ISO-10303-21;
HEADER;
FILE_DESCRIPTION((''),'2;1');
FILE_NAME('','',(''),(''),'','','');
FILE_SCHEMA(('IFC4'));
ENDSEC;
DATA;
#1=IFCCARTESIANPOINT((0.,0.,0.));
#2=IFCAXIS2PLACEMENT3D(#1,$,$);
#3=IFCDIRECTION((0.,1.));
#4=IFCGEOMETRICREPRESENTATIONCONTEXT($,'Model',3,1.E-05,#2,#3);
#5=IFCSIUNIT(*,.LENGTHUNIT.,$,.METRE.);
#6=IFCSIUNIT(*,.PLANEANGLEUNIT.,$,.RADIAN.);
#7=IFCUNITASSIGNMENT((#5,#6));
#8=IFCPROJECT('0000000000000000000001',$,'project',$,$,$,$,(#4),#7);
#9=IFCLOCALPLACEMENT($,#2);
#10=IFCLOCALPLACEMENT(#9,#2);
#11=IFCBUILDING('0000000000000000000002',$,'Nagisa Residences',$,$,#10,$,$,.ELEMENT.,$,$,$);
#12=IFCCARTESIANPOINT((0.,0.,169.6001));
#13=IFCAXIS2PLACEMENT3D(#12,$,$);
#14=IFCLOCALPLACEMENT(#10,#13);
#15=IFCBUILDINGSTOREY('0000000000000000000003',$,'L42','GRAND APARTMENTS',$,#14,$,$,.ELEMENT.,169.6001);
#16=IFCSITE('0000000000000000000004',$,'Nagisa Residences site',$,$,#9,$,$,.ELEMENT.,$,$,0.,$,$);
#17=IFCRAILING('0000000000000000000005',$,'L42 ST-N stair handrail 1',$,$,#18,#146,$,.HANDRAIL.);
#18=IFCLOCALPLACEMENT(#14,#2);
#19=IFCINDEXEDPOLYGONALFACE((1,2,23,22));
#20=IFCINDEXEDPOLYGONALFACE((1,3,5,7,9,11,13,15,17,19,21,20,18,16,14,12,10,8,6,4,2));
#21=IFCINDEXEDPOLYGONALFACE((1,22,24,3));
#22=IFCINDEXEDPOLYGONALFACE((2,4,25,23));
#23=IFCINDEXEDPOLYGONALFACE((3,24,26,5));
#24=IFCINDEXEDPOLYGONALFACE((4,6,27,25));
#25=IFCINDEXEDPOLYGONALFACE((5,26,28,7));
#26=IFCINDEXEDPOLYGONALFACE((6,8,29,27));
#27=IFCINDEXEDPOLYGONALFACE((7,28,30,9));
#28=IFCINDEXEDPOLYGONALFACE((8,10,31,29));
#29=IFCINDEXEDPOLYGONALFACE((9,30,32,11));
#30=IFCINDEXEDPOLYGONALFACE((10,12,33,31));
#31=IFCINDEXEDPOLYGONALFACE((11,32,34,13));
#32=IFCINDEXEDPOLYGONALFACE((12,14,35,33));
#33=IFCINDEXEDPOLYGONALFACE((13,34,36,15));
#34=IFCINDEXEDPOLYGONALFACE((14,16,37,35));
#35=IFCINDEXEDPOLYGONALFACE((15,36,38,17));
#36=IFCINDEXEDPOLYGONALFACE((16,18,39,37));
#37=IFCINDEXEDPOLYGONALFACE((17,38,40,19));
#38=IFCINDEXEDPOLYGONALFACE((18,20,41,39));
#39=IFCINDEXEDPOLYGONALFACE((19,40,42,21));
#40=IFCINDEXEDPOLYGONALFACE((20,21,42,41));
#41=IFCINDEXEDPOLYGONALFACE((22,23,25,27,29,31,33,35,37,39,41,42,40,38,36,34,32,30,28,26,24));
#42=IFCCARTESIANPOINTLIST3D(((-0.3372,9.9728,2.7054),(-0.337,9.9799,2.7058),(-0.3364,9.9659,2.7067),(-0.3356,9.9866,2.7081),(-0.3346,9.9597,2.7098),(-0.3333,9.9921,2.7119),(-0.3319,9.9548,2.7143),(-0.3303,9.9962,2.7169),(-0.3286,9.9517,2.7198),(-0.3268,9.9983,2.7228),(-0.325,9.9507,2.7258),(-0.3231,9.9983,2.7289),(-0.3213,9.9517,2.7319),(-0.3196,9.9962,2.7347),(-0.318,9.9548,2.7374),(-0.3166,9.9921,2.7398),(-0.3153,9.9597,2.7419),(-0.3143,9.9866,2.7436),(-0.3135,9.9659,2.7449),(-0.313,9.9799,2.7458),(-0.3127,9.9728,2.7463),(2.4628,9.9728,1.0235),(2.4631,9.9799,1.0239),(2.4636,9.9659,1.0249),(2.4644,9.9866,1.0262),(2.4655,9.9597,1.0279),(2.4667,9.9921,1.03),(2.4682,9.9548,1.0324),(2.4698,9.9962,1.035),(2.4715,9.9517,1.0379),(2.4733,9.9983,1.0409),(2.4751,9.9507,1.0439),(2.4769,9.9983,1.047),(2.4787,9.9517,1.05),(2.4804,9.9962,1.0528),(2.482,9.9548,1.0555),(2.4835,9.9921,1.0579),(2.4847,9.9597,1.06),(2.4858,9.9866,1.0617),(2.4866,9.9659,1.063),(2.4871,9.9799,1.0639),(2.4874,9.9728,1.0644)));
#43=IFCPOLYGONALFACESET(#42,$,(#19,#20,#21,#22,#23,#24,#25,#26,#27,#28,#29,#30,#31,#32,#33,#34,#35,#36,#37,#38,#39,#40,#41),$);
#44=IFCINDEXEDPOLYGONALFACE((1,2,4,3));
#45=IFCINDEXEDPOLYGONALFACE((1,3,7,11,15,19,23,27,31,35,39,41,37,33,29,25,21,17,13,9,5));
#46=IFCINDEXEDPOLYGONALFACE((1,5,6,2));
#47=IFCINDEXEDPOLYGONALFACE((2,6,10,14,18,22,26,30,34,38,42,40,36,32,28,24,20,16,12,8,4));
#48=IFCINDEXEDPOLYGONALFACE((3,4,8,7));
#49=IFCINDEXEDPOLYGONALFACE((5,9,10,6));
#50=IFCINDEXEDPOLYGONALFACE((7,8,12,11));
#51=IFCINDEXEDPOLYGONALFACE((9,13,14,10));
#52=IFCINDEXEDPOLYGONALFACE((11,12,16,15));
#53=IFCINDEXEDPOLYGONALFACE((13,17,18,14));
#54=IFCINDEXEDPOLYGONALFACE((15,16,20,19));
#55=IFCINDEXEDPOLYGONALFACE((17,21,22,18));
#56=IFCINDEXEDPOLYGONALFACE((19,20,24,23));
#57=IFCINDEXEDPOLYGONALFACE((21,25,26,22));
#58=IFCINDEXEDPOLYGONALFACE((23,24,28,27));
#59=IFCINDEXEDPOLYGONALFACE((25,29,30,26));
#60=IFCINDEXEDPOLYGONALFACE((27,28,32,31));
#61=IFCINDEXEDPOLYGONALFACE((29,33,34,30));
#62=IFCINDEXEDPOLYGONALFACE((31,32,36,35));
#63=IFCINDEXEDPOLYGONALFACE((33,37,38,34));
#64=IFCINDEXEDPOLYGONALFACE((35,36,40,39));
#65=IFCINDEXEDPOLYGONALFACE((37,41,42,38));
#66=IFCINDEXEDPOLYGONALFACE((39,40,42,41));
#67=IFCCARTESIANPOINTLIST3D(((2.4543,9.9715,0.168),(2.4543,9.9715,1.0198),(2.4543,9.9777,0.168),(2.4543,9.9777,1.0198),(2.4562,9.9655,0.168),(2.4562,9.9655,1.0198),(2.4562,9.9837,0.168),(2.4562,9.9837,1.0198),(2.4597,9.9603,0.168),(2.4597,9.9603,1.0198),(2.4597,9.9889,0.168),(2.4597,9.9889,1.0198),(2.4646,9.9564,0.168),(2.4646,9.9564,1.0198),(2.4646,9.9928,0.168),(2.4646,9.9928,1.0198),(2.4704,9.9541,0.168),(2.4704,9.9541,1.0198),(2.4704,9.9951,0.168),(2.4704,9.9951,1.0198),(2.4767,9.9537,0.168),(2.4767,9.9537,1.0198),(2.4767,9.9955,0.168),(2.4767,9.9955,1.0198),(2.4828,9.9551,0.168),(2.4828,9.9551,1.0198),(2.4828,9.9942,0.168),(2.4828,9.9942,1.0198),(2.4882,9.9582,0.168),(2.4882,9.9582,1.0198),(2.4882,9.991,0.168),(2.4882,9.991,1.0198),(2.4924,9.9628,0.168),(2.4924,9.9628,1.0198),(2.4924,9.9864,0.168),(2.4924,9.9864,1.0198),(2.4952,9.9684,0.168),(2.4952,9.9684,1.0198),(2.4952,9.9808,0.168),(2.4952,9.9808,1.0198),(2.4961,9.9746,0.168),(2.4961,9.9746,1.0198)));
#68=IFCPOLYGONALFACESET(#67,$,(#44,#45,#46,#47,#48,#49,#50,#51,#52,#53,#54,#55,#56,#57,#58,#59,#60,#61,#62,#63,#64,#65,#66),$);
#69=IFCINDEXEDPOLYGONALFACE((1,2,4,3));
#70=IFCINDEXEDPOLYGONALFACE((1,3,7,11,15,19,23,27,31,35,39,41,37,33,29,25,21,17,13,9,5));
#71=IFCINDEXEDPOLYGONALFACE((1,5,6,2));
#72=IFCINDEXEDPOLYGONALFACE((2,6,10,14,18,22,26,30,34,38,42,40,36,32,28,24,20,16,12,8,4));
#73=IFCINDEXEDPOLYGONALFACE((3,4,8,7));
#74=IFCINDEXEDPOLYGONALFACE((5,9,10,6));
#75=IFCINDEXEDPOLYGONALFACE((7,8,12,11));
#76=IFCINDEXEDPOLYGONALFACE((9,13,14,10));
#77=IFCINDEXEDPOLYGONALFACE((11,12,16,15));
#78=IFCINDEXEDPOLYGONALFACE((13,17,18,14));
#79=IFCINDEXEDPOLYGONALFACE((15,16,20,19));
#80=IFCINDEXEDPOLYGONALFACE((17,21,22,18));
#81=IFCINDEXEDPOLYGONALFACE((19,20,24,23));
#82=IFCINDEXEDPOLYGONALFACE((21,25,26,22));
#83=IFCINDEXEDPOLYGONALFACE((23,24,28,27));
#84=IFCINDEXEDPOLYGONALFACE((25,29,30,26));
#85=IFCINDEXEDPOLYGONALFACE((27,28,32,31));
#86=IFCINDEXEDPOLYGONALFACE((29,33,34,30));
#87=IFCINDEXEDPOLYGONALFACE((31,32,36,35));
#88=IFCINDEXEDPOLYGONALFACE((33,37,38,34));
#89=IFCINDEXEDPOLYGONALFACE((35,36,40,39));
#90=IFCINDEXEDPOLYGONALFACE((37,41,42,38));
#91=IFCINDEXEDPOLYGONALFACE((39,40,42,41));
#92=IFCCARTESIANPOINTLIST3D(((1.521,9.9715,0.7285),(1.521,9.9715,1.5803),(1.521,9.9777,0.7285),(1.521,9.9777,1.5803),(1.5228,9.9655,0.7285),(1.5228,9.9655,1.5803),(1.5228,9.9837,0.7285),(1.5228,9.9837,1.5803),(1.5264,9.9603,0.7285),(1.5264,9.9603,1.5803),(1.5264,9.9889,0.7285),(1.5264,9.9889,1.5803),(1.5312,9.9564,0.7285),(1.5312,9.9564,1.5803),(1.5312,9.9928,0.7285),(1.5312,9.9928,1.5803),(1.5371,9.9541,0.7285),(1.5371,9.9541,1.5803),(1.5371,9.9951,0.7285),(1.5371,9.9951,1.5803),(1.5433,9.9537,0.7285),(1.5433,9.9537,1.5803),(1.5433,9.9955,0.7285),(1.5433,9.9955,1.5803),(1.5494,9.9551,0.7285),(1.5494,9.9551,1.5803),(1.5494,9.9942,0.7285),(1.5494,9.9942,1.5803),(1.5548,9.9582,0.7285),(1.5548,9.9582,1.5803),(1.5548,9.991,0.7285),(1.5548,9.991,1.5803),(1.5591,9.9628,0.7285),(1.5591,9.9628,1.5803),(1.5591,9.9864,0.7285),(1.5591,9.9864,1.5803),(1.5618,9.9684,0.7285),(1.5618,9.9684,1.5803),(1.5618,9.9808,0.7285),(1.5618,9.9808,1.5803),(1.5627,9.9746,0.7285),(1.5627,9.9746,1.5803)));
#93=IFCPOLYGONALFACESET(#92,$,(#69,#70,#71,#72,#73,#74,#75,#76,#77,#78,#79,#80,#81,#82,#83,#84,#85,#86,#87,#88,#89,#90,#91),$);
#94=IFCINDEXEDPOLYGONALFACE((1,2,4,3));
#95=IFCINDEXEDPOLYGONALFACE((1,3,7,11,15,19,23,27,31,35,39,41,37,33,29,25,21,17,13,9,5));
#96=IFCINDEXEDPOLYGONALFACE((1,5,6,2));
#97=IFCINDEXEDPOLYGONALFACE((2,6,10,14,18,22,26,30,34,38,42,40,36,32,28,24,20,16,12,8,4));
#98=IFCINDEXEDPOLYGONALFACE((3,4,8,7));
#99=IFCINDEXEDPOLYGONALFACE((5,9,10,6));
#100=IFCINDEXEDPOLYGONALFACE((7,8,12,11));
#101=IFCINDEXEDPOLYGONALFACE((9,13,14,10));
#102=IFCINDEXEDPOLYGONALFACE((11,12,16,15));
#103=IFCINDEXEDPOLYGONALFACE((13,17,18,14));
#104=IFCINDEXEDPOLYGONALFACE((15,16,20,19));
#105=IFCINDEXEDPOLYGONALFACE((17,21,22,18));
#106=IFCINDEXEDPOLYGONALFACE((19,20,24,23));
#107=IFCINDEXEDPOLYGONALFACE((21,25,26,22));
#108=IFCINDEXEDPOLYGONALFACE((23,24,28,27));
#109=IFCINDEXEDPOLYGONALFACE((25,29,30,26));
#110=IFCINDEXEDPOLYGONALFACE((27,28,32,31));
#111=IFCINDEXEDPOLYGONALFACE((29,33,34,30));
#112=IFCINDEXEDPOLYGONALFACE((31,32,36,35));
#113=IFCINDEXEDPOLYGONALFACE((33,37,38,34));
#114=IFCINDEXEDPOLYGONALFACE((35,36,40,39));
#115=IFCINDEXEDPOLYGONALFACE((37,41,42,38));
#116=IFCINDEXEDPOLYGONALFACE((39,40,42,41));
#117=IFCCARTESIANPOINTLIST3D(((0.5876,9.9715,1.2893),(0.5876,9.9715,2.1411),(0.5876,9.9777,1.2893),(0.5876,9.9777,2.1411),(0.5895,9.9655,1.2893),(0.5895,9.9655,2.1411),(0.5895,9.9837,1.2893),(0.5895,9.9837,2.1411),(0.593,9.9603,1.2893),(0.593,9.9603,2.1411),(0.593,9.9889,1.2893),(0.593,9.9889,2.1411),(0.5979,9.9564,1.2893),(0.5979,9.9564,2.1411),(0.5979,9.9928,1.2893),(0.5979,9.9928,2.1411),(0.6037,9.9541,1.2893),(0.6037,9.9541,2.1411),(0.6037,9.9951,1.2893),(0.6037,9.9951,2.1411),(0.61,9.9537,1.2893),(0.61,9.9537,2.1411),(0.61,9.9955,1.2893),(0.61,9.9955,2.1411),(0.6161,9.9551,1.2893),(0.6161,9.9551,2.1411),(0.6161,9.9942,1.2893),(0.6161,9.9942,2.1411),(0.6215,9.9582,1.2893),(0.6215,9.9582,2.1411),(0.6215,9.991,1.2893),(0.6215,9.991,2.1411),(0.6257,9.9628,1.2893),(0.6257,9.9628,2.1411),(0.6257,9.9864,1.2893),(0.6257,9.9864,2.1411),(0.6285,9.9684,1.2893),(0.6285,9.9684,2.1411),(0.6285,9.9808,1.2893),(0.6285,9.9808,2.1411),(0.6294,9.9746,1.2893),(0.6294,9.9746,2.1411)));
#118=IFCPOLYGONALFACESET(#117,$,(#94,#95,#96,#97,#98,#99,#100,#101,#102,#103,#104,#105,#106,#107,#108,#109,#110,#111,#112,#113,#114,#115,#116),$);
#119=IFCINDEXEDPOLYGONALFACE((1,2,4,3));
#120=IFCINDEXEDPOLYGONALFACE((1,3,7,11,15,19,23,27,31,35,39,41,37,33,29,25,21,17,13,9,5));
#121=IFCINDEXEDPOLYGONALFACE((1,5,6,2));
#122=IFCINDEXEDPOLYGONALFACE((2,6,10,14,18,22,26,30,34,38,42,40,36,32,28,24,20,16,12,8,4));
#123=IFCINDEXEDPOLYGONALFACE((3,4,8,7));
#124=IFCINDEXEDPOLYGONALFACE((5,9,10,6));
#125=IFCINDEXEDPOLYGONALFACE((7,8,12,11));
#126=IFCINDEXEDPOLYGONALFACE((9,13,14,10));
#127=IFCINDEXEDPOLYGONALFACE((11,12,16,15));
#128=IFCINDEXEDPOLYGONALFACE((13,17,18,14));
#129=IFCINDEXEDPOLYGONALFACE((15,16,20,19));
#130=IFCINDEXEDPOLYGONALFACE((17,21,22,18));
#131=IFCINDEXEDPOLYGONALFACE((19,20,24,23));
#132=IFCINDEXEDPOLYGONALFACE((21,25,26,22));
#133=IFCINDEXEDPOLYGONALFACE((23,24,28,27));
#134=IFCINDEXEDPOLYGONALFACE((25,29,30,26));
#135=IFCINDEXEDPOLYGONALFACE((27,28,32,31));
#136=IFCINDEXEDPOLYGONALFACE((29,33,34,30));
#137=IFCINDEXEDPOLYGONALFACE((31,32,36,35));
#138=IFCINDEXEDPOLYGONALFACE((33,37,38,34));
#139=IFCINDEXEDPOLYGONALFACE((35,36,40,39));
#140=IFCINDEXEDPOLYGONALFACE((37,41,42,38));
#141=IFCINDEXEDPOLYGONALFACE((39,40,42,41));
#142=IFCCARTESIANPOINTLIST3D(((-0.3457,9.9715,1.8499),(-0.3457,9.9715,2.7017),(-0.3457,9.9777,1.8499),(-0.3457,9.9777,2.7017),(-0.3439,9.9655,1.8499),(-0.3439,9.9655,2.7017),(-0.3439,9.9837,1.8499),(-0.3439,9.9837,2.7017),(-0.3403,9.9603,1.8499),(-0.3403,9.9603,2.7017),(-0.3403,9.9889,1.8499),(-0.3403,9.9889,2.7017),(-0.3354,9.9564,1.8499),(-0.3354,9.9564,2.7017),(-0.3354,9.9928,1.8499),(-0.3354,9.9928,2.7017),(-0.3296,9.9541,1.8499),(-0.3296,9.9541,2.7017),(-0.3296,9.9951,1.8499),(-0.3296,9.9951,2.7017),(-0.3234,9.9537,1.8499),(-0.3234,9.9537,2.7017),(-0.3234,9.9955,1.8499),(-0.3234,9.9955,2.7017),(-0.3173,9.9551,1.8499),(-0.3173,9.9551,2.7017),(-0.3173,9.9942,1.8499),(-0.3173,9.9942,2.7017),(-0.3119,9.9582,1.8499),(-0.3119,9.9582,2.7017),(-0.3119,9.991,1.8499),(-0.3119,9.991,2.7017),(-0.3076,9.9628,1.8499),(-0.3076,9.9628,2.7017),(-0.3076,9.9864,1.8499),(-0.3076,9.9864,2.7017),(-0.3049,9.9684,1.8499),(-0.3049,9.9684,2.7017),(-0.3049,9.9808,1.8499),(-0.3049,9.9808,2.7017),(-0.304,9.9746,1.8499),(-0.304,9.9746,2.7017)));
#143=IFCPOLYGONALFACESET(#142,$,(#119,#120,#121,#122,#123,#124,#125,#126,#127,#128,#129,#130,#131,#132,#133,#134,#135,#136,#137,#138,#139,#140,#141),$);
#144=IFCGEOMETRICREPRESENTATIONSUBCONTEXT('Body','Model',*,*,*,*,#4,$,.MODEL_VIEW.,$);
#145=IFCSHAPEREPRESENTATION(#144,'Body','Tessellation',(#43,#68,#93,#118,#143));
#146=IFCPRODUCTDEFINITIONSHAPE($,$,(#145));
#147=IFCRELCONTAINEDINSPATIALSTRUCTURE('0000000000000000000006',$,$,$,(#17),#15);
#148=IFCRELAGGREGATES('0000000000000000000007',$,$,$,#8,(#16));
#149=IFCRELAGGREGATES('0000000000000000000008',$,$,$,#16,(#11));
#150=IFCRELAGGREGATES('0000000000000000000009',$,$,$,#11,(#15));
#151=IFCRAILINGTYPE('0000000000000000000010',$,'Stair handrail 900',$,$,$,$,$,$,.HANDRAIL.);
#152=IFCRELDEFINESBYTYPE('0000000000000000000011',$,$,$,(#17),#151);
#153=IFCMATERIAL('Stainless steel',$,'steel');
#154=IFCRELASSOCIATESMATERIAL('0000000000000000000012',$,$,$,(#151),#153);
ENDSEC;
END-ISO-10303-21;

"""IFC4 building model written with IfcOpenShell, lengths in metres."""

from ifc_helpers import new_model, si_unit, direction, frame, origin, origin_2d, place, context, subcontext, project, spatial, circle, extrude, material, type_object, element, save


model = new_model("IFC4")

# Units and contexts
model_context = context("Model", 3, precision=1e-05, world=origin(), true_north=direction((0.0, 1.0)))
body_context = subcontext(model_context, "Body", "Model", "MODEL_VIEW")
ifc_project = project(units=[si_unit("LENGTHUNIT", "METRE"), si_unit("PLANEANGLEUNIT", "RADIAN")], contexts=[model_context])

# Site, building, storey
site_placement = place(None, origin())
site = spatial("IfcSite", under=ifc_project, at=site_placement, Name="Nagisa Residences site", CompositionType="ELEMENT", RefElevation=0.0)
building_placement = place(site_placement, origin())
building = spatial("IfcBuilding", under=site, at=building_placement, Name="Nagisa Residences", CompositionType="ELEMENT")
storey_placement = place(building_placement, frame((0.0, 0.0, 169.6001)))
storey = spatial("IfcBuildingStorey", under=building, at=storey_placement, Name="L42", Description="GRAND APARTMENTS", CompositionType="ELEMENT", Elevation=169.6001)

# Railing
ifc_material_1 = material(Name="Stainless steel", Category="steel")
railing_type_1 = type_object("IfcRailingType", Name="Stair handrail 900", PredefinedType="HANDRAIL", material=ifc_material_1)
railing_1_placement = place(storey_placement, frame((2.4751, 9.9746, 0.168)))
element("IfcRailing", 1, at=railing_1_placement, inside=storey, type_object=railing_type_1, Name="L42 ST-N stair handrail 1", PredefinedType="HANDRAIL", context=body_context, shape_type="SweptSolid", body=[
    extrude(circle(Radius=0.0239, at=origin_2d()), frame((0.0, 0.0, 0.876), z_axis=(-0.857242, 0.0, 0.514913), x_axis=(0.0, -1.0, 0.0)), (0.0, 0.0, 1.0), 3.2664),
    extrude(circle(Radius=0.021, at=origin_2d()), origin(), (0.0, 0.0, 1.0), 0.8518),
    extrude(circle(Radius=0.021, at=origin_2d()), frame((-0.9333, 0.0, 0.5605)), (0.0, 0.0, 1.0), 0.8518),
    extrude(circle(Radius=0.021, at=origin_2d()), frame((-1.8667, 0.0, 1.1213)), (0.0, 0.0, 1.0), 0.8518),
    extrude(circle(Radius=0.021, at=origin_2d()), frame((-2.8, 0.0, 1.6819)), (0.0, 0.0, 1.0), 0.8518),
])

save(model, "model.ifc")
